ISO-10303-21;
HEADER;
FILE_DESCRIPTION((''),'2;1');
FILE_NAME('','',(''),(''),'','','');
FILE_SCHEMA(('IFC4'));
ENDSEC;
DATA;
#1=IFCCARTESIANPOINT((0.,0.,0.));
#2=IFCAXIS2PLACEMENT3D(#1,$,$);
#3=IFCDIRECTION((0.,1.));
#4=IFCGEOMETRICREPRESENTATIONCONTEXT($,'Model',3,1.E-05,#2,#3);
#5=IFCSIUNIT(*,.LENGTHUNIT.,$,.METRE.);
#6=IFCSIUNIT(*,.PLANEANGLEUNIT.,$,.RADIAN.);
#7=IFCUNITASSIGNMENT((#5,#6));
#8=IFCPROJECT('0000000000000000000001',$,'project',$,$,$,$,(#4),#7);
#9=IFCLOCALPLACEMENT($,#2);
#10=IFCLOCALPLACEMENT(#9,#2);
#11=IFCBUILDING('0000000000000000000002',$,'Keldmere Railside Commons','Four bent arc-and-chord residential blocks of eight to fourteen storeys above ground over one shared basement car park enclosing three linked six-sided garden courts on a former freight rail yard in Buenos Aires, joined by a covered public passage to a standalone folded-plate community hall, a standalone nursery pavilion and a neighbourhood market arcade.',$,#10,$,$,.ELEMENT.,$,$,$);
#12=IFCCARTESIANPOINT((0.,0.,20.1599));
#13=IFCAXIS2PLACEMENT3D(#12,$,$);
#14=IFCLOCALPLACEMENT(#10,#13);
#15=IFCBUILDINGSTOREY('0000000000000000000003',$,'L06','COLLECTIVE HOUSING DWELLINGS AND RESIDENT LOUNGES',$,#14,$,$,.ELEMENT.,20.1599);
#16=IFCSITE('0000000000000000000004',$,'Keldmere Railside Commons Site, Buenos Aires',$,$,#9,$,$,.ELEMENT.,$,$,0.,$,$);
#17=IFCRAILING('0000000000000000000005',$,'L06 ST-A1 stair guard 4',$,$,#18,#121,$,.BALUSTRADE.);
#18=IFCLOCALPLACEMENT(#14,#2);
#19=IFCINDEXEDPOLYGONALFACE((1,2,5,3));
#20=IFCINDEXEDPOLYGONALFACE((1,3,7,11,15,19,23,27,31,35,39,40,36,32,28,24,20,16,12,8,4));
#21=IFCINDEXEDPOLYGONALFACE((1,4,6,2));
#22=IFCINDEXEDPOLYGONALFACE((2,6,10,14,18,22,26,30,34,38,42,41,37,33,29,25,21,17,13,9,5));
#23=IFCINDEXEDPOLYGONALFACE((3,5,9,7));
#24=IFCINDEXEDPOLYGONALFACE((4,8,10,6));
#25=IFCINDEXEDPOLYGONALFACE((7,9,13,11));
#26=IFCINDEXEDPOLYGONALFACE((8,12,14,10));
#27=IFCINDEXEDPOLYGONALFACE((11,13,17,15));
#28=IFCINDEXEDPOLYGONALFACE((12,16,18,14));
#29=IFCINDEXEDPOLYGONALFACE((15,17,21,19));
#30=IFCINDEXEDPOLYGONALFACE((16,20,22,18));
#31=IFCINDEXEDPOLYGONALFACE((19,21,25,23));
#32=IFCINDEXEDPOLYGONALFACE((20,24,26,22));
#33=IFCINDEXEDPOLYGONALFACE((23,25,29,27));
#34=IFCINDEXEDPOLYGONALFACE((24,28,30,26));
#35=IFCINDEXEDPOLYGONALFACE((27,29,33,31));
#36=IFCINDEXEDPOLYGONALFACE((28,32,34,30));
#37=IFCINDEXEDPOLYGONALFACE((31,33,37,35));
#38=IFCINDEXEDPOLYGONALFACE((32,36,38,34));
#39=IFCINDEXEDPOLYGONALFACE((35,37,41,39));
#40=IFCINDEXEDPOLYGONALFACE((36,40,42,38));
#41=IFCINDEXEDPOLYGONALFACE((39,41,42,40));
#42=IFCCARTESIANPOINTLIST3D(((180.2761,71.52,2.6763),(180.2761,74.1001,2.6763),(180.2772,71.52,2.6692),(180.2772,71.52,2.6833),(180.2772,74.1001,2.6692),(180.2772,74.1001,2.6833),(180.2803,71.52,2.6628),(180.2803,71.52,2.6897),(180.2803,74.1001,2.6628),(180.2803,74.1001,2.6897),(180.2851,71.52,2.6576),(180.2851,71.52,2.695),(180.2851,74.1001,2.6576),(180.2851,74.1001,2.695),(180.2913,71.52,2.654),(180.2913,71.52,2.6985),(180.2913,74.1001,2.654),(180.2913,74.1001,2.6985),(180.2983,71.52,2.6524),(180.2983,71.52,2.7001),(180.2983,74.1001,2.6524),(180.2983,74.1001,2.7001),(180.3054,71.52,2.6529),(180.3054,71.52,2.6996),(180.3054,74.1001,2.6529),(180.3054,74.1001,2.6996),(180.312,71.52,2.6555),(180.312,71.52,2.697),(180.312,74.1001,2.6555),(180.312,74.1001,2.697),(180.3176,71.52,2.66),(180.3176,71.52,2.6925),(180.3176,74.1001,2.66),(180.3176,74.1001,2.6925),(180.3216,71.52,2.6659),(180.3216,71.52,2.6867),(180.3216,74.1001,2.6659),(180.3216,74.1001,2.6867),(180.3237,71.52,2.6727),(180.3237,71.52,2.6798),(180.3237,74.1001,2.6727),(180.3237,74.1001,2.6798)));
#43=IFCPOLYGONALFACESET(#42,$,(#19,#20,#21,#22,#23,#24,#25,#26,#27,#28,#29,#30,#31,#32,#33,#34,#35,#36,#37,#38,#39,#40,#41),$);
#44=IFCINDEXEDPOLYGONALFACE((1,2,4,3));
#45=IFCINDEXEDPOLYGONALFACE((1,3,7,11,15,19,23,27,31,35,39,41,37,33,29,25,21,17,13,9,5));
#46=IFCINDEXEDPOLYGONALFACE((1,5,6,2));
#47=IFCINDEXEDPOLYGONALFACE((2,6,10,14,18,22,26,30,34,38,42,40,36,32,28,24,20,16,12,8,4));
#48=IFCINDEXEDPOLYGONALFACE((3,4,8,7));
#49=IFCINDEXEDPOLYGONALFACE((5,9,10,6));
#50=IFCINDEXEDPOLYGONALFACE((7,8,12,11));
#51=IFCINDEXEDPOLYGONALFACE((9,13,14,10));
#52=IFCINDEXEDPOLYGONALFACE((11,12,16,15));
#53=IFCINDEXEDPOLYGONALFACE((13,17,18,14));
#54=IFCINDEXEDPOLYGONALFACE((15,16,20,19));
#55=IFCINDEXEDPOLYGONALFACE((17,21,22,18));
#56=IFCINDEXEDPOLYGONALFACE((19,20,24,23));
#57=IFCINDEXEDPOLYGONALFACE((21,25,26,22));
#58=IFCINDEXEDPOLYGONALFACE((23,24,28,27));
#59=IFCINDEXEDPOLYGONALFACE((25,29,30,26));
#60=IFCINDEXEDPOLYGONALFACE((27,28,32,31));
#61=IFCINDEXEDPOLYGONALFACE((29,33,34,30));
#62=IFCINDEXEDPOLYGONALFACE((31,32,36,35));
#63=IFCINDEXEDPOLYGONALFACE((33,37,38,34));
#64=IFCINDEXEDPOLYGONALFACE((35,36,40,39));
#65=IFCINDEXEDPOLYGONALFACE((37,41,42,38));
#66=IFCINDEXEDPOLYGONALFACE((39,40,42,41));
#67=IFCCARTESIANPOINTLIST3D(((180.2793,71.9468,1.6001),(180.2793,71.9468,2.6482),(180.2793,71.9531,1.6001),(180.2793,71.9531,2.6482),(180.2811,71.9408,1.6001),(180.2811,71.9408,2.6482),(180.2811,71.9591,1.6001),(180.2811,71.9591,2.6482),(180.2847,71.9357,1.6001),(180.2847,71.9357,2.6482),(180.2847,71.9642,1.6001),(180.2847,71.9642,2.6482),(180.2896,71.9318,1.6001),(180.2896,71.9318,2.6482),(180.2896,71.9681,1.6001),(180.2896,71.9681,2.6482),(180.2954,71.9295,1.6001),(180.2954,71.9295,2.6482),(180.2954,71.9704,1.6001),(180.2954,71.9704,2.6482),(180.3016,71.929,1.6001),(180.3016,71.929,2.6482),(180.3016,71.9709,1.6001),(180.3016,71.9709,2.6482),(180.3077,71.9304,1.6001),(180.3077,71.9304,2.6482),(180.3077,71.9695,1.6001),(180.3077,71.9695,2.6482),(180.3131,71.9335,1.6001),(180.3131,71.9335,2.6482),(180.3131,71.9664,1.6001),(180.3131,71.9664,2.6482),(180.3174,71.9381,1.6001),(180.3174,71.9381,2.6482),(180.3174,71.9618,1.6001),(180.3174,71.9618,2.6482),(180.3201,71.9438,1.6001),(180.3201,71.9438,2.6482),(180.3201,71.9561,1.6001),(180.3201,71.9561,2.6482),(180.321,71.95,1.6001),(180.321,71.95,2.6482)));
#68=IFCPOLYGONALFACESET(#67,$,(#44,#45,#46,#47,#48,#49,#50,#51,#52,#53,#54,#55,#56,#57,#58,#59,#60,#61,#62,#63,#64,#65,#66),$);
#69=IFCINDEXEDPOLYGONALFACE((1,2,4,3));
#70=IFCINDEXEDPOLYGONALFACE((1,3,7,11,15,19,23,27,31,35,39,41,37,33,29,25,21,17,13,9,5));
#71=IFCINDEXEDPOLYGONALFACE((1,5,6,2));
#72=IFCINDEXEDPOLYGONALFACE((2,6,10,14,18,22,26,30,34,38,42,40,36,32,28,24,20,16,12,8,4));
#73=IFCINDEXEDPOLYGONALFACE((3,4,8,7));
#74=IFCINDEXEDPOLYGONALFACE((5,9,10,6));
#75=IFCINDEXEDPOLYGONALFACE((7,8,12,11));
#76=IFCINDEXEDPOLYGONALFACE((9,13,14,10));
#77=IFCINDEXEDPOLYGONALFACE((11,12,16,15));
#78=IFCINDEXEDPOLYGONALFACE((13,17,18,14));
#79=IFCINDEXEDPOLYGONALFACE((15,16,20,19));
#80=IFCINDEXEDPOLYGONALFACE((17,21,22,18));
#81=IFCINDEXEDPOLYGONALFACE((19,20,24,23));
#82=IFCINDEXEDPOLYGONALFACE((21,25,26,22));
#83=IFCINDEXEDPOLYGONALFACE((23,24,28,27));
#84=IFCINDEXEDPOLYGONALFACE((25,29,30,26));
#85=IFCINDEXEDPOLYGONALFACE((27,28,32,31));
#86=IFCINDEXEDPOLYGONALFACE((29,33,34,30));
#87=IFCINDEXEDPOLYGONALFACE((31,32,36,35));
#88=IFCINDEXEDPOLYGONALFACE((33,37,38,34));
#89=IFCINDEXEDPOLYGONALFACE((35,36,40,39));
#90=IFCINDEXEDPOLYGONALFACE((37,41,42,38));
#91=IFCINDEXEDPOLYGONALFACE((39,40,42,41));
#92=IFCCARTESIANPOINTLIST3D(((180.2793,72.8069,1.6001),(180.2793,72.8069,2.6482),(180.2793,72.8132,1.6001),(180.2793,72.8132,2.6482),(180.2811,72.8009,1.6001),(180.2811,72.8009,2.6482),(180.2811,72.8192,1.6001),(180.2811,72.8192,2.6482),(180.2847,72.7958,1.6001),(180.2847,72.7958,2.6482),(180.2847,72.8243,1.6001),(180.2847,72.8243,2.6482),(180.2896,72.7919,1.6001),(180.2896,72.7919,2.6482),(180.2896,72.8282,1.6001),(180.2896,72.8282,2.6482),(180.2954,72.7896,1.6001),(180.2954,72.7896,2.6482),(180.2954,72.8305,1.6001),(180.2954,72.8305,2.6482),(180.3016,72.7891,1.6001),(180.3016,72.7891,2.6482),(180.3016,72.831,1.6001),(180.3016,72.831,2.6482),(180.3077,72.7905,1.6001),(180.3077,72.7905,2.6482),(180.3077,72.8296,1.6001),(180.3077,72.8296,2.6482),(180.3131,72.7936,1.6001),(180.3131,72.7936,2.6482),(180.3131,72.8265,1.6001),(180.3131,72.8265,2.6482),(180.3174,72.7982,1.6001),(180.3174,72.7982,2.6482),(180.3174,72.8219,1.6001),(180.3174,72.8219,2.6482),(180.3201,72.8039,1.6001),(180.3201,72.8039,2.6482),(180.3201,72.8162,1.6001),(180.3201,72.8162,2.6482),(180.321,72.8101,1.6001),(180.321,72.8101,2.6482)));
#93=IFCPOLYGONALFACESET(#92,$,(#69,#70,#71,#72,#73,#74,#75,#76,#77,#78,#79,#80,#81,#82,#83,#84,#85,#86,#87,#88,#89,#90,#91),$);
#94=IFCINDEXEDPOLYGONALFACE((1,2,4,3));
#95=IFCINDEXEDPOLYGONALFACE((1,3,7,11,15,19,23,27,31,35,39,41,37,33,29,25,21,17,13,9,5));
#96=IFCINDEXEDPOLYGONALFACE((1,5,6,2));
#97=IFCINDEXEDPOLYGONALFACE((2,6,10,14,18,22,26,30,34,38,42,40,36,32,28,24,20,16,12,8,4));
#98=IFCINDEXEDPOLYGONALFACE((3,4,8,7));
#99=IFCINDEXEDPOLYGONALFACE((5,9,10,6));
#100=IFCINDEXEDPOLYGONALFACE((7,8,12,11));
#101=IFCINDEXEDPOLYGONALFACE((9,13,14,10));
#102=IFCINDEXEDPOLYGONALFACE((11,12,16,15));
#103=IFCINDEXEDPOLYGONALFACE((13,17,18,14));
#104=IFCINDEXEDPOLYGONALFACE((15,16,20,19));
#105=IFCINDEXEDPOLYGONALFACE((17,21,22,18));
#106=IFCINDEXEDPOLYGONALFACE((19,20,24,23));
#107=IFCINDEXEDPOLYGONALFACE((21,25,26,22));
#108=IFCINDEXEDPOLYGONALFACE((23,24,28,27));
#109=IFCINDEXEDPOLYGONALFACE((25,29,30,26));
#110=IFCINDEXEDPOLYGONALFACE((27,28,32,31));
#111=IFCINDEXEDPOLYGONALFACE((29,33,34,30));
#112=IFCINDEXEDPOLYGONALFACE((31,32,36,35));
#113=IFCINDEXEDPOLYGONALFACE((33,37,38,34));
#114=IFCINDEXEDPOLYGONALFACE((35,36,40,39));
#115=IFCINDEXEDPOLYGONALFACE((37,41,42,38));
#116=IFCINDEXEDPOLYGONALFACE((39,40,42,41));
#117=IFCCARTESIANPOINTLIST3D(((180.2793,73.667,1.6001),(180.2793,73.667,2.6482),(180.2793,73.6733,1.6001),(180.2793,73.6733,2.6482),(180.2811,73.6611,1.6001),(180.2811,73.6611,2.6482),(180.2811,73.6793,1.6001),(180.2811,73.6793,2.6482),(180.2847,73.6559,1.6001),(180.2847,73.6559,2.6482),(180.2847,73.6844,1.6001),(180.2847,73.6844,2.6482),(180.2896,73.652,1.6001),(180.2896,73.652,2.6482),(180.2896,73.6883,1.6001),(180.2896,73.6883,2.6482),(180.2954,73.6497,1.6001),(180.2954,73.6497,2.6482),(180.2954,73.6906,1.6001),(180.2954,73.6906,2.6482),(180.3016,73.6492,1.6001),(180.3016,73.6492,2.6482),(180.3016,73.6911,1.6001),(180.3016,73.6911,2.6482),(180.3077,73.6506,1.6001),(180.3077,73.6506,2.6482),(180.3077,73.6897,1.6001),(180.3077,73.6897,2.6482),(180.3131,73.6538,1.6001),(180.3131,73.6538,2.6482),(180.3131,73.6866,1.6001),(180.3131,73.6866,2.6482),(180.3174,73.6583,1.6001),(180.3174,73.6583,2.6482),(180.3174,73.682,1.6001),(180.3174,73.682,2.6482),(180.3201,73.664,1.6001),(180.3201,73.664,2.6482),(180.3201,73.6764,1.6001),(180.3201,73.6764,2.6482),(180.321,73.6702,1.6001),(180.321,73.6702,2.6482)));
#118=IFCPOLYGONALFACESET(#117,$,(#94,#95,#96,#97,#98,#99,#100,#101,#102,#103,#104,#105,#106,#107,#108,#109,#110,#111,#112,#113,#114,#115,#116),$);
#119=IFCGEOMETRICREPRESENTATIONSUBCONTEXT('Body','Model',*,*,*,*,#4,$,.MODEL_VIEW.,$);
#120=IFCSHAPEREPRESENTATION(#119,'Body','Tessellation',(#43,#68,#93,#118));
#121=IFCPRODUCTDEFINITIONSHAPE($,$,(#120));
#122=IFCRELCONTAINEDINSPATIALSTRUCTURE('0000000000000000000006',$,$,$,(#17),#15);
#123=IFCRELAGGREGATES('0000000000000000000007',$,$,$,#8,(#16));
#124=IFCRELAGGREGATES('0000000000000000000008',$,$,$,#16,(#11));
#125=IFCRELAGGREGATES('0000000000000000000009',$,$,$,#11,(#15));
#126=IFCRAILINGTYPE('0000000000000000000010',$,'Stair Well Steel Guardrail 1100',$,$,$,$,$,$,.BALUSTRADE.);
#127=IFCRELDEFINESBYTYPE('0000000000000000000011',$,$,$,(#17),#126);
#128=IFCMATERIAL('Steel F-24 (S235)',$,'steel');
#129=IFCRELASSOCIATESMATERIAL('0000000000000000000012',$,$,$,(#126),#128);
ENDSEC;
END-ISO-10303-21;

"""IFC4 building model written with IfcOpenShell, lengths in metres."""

from ifc_helpers import new_model, si_unit, direction, frame, origin, origin_2d, place, context, subcontext, project, spatial, circle, extrude, material, type_object, element, save


model = new_model("IFC4")

# Units and contexts
model_context = context("Model", 3, precision=1e-05, world=origin(), true_north=direction((0.0, 1.0)))
body_context = subcontext(model_context, "Body", "Model", "MODEL_VIEW")
ifc_project = project(units=[si_unit("LENGTHUNIT", "METRE"), si_unit("PLANEANGLEUNIT", "RADIAN")], contexts=[model_context])

# Site, building, storey
site_placement = place(None, origin())
site = spatial("IfcSite", under=ifc_project, at=site_placement, Name="Keldmere Railside Commons Site, Buenos Aires", CompositionType="ELEMENT", RefElevation=0.0)
building_placement = place(site_placement, origin())
building = spatial("IfcBuilding", under=site, at=building_placement, Name="Keldmere Railside Commons", Description="Four bent arc-and-chord residential blocks of eight to fourteen storeys above ground over one shared basement car park enclosing three linked six-sided garden courts on a former freight rail yard in Buenos Aires, joined by a covered public passage to a standalone folded-plate community hall, a standalone nursery pavilion and a neighbourhood market arcade.", CompositionType="ELEMENT")
storey_placement = place(building_placement, frame((0.0, 0.0, 20.1599)))
storey = spatial("IfcBuildingStorey", under=building, at=storey_placement, Name="L06", Description="COLLECTIVE HOUSING DWELLINGS AND RESIDENT LOUNGES", CompositionType="ELEMENT", Elevation=20.1599)

# Shared definitions
ifc_material_1 = material(Name="Steel F-24 (S235)", Category="steel")

# Railing
railing_type_1 = type_object("IfcRailingType", Name="Stair Well Steel Guardrail 1100", PredefinedType="BALUSTRADE", material=ifc_material_1)
for number, where, name in (
    (1, (180.3, 71.52, 1.6001), "L06 ST-A1 stair guard 4"),
):
    element("IfcRailing", number, at=place(storey_placement, frame(where)), inside=storey, type_object=railing_type_1, Name=name, PredefinedType="BALUSTRADE", context=body_context, shape_type="SweptSolid", body=[
        extrude(circle(Radius=0.0239, at=origin_2d()), frame((0.0, 0.0, 1.0762), z_axis=(0.0, 1.0, 0.0), x_axis=(-1.0, 0.0, 0.0)), (0.0, 0.0, 1.0), 2.5801),
        extrude(circle(Radius=0.021, at=origin_2d()), frame((0.0, 0.4299, 0.0)), (0.0, 0.0, 1.0), 1.0481),
        extrude(circle(Radius=0.021, at=origin_2d()), frame((0.0, 1.29, 0.0)), (0.0, 0.0, 1.0), 1.0481),
        extrude(circle(Radius=0.021, at=origin_2d()), frame((0.0, 2.1501, 0.0)), (0.0, 0.0, 1.0), 1.0481),
    ])

save(model, "model.ifc")
